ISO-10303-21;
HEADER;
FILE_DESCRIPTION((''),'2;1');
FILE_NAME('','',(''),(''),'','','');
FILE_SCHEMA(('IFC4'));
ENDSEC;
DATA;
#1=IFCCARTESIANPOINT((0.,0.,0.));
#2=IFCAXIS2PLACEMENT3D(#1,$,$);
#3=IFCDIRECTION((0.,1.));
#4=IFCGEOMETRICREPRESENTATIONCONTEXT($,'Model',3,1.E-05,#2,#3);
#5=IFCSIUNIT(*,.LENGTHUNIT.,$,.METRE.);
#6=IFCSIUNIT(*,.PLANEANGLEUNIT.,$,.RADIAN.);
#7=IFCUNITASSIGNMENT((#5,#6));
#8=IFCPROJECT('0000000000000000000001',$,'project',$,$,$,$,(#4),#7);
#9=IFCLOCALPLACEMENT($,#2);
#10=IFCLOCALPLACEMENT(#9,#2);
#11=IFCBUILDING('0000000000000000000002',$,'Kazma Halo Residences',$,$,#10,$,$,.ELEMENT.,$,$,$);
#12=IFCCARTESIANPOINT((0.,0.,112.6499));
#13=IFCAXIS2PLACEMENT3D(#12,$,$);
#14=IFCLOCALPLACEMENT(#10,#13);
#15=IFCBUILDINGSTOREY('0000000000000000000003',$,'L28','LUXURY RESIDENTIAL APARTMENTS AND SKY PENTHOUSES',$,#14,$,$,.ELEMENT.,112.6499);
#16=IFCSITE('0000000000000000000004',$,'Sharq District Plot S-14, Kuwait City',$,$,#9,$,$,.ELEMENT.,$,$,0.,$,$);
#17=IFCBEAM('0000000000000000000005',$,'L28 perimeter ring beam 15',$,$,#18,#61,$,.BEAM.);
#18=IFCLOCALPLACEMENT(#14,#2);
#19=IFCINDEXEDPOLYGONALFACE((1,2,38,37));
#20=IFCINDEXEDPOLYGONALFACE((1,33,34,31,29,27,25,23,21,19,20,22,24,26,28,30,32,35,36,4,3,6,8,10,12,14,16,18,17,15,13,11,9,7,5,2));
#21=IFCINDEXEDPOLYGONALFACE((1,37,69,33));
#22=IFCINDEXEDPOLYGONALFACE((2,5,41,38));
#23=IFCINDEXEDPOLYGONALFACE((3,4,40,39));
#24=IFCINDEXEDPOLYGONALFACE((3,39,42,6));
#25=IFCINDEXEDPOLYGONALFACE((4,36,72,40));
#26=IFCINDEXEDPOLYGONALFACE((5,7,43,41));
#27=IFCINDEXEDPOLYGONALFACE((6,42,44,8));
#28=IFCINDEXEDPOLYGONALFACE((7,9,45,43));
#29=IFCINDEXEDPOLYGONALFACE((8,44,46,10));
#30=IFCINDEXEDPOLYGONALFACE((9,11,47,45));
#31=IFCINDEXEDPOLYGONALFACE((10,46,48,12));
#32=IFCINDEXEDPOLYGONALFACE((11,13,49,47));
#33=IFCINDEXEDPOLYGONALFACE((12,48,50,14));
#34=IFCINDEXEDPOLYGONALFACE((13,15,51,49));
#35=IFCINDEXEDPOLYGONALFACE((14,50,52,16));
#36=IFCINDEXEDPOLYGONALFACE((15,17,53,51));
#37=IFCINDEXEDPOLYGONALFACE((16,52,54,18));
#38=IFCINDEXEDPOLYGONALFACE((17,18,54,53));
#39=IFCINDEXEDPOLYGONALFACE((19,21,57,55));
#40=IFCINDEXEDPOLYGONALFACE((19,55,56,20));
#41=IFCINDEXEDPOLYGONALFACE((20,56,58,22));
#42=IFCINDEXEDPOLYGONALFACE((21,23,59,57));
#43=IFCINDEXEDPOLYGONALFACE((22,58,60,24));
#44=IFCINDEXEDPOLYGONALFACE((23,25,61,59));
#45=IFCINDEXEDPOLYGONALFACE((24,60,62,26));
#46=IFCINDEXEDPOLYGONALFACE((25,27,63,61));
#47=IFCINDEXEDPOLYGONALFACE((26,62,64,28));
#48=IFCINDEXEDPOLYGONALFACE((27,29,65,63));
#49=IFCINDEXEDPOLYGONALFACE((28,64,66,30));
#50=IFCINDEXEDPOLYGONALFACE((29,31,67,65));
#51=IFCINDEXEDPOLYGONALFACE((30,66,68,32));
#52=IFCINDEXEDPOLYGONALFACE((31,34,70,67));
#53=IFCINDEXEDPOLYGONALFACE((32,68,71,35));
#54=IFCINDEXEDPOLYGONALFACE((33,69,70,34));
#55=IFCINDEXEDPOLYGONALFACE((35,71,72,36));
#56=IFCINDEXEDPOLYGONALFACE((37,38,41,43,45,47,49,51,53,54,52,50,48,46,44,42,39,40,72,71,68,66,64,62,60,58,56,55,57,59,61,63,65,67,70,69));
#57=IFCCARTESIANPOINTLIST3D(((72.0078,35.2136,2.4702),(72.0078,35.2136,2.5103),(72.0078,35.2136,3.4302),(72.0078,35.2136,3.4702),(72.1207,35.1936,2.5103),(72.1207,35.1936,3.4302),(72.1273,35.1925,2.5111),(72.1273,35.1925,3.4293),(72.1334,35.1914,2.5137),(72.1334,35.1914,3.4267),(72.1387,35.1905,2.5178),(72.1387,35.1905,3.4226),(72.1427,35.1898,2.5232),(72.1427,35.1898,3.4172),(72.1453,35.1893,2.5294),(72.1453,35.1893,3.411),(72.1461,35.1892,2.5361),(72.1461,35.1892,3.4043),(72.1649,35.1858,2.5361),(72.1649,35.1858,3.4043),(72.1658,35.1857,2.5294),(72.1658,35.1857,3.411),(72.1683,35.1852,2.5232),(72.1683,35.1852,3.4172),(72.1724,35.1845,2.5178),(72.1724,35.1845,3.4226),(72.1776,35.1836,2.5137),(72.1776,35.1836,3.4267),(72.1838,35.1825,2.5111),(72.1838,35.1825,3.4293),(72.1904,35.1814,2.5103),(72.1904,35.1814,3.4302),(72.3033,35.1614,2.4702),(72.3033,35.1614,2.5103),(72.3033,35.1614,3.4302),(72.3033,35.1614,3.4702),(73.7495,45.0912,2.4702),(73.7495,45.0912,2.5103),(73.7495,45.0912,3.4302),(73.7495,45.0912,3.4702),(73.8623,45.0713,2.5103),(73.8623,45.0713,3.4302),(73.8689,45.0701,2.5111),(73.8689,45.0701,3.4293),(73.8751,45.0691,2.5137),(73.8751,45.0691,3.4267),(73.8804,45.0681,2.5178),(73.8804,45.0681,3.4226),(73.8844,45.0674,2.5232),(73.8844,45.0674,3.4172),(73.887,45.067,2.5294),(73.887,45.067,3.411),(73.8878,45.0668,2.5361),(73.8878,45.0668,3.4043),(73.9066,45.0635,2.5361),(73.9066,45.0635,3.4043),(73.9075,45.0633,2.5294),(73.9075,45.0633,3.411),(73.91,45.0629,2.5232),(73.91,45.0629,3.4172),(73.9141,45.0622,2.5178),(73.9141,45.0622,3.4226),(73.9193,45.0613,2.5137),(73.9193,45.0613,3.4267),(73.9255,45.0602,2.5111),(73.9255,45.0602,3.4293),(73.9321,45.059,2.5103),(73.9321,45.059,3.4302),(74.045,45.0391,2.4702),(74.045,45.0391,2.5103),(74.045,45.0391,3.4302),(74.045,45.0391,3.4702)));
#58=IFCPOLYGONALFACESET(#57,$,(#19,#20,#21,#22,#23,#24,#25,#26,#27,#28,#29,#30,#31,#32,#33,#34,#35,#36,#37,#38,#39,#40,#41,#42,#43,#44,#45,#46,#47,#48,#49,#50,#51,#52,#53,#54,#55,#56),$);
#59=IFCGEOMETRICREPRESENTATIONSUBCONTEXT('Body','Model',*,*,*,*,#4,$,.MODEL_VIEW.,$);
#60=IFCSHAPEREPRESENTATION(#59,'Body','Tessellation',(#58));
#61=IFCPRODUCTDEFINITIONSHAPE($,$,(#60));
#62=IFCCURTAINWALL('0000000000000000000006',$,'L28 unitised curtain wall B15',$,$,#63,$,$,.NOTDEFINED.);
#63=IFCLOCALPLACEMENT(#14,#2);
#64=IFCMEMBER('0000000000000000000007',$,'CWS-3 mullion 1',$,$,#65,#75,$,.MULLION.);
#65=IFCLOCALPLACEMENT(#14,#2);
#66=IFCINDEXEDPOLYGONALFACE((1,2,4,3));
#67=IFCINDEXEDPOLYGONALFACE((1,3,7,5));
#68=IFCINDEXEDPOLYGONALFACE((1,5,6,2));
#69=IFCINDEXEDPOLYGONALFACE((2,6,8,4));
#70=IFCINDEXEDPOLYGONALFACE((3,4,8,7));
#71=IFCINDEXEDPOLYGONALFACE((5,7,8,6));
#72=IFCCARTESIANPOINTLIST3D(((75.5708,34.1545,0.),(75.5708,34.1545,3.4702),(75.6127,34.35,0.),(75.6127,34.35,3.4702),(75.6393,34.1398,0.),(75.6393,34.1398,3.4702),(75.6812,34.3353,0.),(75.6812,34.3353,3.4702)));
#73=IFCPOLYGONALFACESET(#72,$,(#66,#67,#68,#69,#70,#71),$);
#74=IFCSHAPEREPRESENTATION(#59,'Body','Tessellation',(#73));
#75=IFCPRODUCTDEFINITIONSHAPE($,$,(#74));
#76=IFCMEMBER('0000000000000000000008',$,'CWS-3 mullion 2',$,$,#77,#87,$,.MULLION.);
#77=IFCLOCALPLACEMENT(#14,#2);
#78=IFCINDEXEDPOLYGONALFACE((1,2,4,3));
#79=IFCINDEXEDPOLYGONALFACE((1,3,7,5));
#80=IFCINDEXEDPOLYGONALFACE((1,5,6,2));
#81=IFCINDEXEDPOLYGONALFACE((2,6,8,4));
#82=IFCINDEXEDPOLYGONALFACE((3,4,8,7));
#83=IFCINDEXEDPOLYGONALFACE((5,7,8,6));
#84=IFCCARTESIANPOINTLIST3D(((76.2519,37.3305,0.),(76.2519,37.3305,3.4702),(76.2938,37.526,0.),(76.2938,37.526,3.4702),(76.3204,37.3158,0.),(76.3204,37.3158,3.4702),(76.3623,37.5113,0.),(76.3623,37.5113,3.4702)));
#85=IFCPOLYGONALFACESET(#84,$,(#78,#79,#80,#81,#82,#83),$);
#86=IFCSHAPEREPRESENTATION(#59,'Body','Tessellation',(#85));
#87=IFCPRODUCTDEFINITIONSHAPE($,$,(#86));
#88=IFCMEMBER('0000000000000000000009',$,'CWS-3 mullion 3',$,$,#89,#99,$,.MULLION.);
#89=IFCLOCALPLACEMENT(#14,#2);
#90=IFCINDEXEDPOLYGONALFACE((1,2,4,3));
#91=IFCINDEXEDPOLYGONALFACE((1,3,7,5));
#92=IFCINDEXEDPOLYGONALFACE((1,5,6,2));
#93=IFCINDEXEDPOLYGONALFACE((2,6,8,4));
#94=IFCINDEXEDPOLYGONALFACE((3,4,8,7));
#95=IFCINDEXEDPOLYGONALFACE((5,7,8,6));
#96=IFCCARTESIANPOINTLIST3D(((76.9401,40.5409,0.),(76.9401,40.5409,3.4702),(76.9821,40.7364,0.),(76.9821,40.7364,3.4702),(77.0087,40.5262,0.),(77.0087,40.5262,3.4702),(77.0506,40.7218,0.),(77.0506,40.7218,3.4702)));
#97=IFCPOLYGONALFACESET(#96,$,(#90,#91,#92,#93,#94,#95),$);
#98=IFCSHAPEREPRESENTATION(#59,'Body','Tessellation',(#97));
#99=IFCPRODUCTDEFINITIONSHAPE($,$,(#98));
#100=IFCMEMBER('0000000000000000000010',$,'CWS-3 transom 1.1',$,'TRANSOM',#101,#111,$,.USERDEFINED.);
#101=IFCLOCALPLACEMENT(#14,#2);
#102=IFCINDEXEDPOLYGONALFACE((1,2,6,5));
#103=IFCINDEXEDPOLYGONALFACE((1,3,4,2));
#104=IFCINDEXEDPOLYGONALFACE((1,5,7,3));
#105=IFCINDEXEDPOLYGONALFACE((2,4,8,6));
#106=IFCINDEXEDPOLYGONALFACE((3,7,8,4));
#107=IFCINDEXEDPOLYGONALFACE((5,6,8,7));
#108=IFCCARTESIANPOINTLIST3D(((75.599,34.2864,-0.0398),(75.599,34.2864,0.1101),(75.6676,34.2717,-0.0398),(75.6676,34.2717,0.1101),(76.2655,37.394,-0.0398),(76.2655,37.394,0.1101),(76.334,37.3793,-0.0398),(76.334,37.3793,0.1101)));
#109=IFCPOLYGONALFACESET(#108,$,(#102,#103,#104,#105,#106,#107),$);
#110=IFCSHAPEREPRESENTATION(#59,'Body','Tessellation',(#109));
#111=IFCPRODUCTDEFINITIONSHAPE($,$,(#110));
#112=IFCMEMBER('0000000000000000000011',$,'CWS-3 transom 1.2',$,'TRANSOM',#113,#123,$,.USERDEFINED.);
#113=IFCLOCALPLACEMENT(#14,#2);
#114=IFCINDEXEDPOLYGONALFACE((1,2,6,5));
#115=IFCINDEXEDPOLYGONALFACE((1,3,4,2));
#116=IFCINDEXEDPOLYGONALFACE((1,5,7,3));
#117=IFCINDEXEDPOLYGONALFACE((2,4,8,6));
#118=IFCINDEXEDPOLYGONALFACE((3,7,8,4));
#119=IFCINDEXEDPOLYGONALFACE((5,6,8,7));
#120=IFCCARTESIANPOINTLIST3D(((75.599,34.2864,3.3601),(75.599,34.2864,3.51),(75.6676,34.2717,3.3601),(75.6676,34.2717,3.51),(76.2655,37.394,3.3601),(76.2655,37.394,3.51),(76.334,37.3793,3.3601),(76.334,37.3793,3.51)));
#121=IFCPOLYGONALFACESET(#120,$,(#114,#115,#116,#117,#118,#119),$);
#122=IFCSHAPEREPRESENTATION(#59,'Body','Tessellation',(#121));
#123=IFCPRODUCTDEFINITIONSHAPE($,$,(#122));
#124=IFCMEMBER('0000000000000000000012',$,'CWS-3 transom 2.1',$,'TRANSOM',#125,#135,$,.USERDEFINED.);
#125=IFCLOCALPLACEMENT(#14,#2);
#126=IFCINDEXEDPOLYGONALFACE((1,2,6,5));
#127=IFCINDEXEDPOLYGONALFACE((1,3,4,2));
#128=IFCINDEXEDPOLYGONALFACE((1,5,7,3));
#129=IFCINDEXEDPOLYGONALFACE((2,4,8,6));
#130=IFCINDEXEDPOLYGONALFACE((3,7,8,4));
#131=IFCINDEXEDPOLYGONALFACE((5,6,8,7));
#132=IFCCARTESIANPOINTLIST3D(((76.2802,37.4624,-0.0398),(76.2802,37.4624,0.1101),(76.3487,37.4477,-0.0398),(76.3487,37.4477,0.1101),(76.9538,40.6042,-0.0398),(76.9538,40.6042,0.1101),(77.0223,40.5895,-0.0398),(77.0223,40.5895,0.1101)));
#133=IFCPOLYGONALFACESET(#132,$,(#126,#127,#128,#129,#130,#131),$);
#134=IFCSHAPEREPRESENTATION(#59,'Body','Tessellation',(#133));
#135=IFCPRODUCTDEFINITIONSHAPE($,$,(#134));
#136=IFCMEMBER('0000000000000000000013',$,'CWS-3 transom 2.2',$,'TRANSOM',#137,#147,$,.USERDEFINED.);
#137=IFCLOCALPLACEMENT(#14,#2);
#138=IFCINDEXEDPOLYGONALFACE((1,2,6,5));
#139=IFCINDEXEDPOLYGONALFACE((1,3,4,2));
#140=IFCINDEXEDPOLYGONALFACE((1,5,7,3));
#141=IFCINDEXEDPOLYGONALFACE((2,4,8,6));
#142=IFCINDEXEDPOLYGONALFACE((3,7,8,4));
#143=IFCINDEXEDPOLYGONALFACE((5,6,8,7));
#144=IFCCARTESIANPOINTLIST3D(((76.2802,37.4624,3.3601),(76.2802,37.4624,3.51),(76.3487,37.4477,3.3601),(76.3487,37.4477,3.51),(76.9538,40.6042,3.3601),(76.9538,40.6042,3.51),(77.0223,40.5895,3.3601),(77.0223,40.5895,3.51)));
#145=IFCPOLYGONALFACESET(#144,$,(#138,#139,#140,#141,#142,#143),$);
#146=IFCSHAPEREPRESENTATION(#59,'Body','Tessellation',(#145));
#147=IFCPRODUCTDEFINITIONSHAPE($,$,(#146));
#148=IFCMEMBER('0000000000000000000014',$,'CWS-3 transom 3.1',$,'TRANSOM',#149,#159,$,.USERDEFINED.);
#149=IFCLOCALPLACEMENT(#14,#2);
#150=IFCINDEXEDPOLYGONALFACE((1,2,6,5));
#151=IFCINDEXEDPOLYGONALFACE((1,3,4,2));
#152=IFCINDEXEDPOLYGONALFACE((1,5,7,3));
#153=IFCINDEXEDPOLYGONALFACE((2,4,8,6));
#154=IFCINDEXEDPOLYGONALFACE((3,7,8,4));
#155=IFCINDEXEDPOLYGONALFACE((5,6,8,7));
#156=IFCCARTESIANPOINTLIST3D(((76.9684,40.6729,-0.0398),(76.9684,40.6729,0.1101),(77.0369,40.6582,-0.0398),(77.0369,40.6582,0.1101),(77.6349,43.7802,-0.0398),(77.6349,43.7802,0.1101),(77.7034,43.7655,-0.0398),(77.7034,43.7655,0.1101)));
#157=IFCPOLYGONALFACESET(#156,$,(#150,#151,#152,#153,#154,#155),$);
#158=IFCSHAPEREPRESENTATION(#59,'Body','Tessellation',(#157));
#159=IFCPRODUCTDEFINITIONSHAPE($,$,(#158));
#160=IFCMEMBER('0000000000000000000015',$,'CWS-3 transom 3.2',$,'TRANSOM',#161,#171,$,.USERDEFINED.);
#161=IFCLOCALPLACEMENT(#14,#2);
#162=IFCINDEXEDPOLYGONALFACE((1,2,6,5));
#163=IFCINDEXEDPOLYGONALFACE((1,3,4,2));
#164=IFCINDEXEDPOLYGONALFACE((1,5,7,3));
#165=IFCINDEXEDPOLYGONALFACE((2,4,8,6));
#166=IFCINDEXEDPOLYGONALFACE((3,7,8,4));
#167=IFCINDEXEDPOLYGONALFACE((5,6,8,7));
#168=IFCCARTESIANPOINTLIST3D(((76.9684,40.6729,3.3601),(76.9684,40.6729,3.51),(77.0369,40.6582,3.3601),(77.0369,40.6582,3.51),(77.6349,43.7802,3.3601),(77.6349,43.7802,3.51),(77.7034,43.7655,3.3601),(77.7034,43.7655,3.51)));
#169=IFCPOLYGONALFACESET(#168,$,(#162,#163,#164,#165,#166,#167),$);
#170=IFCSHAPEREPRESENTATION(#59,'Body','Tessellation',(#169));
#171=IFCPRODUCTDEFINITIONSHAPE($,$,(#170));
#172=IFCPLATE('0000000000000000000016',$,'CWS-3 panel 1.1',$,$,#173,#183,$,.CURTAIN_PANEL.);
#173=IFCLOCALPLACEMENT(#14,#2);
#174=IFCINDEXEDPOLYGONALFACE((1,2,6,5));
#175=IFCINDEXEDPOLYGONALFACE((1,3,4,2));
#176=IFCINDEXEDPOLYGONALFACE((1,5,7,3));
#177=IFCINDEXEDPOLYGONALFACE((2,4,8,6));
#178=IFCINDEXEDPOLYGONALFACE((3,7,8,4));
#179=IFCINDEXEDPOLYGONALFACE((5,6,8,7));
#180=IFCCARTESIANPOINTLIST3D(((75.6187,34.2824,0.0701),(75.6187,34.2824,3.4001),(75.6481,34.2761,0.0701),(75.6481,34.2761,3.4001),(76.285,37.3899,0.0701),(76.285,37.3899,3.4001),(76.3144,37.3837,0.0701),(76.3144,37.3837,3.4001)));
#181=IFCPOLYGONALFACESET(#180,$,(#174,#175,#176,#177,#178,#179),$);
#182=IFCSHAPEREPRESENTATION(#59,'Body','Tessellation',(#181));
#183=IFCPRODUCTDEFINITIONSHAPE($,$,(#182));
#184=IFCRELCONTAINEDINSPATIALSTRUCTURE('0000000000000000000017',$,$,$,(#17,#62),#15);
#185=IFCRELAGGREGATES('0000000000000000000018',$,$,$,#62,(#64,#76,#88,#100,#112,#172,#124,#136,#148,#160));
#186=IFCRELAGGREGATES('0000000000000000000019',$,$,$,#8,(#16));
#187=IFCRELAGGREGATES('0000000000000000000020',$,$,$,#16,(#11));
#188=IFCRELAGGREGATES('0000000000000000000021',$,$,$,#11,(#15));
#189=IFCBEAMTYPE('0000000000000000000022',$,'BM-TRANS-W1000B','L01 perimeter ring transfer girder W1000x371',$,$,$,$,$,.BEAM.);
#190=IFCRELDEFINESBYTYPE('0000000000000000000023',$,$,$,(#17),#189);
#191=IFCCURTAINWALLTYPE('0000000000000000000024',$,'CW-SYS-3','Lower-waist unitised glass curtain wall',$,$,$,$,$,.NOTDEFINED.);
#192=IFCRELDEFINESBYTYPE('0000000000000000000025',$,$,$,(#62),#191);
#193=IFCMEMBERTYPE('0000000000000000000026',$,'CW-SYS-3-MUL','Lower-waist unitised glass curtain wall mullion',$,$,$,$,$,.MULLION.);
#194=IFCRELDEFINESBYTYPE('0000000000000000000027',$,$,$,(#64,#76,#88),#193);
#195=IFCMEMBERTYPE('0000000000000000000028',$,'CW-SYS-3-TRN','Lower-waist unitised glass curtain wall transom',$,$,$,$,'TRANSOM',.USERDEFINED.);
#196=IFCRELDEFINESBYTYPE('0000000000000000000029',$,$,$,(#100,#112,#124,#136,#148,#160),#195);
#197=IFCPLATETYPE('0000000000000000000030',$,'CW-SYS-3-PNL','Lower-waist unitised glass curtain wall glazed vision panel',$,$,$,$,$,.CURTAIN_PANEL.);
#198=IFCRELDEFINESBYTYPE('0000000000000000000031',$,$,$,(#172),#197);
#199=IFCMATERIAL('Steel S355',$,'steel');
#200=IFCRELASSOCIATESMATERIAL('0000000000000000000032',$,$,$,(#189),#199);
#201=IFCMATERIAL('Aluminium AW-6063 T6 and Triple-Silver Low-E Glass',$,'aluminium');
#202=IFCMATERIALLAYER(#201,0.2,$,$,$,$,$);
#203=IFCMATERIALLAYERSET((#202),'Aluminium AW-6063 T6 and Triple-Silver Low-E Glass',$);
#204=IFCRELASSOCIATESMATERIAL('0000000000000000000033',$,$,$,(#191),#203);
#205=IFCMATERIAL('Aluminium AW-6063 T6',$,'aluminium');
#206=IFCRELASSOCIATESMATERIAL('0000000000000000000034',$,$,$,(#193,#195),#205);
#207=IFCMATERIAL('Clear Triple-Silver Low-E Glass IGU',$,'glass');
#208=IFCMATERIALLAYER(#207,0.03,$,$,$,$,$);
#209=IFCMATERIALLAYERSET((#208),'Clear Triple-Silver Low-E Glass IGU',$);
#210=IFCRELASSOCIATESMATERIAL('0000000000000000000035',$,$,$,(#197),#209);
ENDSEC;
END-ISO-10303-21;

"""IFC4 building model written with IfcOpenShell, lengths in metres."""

from ifc_helpers import new_model, si_unit, direction, frame, origin, origin_2d, place, context, subcontext, project, spatial, rectangle, i_section, extrude, material, layer, layer_set, material_profile, profile_set, type_object, element, aggregate, save


model = new_model("IFC4")

# Units and contexts
model_context = context("Model", 3, precision=1e-05, world=origin(), true_north=direction((0.0, 1.0)))
body_context = subcontext(model_context, "Body", "Model", "MODEL_VIEW")
ifc_project = project(units=[si_unit("LENGTHUNIT", "METRE"), si_unit("PLANEANGLEUNIT", "RADIAN")], contexts=[model_context])

# Site, building, storey
site_placement = place(None, origin())
site = spatial("IfcSite", under=ifc_project, at=site_placement, Name="Sharq District Plot S-14, Kuwait City", CompositionType="ELEMENT", RefElevation=0.0)
building_placement = place(site_placement, origin())
building = spatial("IfcBuilding", under=site, at=building_placement, Name="Kazma Halo Residences", CompositionType="ELEMENT")
storey_placement = place(building_placement, frame((0.0, 0.0, 112.6499)))
storey = spatial("IfcBuildingStorey", under=building, at=storey_placement, Name="L28", Description="LUXURY RESIDENTIAL APARTMENTS AND SKY PENTHOUSES", CompositionType="ELEMENT", Elevation=112.6499)

# Beam
ifc_material_1 = material(Name="Steel S355", Category="steel")
ifc_material_profile_1 = material_profile(ifc_material_1, i_section(OverallWidth=0.3, OverallDepth=1.0, WebThickness=0.019, FlangeThickness=0.04, FilletRadius=0.0259, at=origin_2d()), Name="W1000x371")
ifc_profile_set_1 = profile_set([ifc_material_profile_1], Name="Steel S355")
beam_type_1 = type_object("IfcBeamType", Name="BM-TRANS-W1000B", Description="L01 perimeter ring transfer girder W1000x371", PredefinedType="BEAM", material=ifc_profile_set_1)
beam_1_placement = place(storey_placement, frame((72.1555, 35.1875, 2.9702), z_axis=(0.173648, 0.984808, 0.0), x_axis=(-0.984808, 0.173648, 0.0)))
element("IfcBeam", 1, at=beam_1_placement, inside=storey, type_object=beam_type_1, Name="L28 perimeter ring beam 15", PredefinedType="BEAM", context=body_context, shape_type="SweptSolid", body=[
    extrude(i_section(OverallWidth=0.3, OverallDepth=1.0, WebThickness=0.019, FlangeThickness=0.04, FilletRadius=0.0259, at=origin_2d()), origin(), (0.0, 0.0, 1.0), 10.03),
])

# Curtain wall, members, plate
ifc_material_2 = material(Name="Aluminium AW-6063 T6 and Triple-Silver Low-E Glass", Category="aluminium")
ifc_layer_1 = layer(ifc_material_2, 0.2)
ifc_layer_set_1 = layer_set([ifc_layer_1], Name="Aluminium AW-6063 T6 and Triple-Silver Low-E Glass")
curtain_wall_type = type_object("IfcCurtainWallType", Name="CW-SYS-3", Description="Lower-waist unitised glass curtain wall", PredefinedType="NOTDEFINED", material=ifc_layer_set_1)
curtain_wall_placement = place(storey_placement, origin())
curtain_wall = element("IfcCurtainWall", 2, at=curtain_wall_placement, inside=storey, type_object=curtain_wall_type, Name="L28 unitised curtain wall B15", PredefinedType="NOTDEFINED")
ifc_material_3 = material(Name="Aluminium AW-6063 T6", Category="aluminium")
ifc_material_profile_2 = material_profile(ifc_material_3, rectangle(XDim=0.0701, YDim=0.2, at=origin_2d()), Name="CWM-70x200")
ifc_profile_set_2 = profile_set([ifc_material_profile_2], Name="Aluminium AW-6063 T6")
member_type_1 = type_object("IfcMemberType", Name="CW-SYS-3-MUL", Description="Lower-waist unitised glass curtain wall mullion", PredefinedType="MULLION", material=ifc_profile_set_2)
member_1_placement = place(storey_placement, frame((75.626, 34.2449, 0.0), z_axis=(0.0, 0.0, 1.0), x_axis=(-0.977774, 0.209661, 0.0)))
member_1 = element("IfcMember", 3, at=member_1_placement, type_object=member_type_1, Name="CWS-3 mullion 1", PredefinedType="MULLION", context=body_context, shape_type="SweptSolid", body=[
    extrude(rectangle(XDim=0.0701, YDim=0.2, at=origin_2d()), origin(), (0.0, 0.0, 1.0), 3.4702),
])
member_2_placement = place(storey_placement, frame((76.3071, 37.4209, 0.0), z_axis=(0.0, 0.0, 1.0), x_axis=(-0.977774, 0.209661, 0.0)))
member_2 = element("IfcMember", 4, at=member_2_placement, type_object=member_type_1, Name="CWS-3 mullion 2", PredefinedType="MULLION", context=body_context, shape_type="SweptSolid", body=[
    extrude(rectangle(XDim=0.0701, YDim=0.2, at=origin_2d()), origin(), (0.0, 0.0, 1.0), 3.4702),
])
member_3_placement = place(storey_placement, frame((76.9954, 40.6313, 0.0), z_axis=(0.0, 0.0, 1.0), x_axis=(-0.977774, 0.209661, 0.0)))
member_3 = element("IfcMember", 5, at=member_3_placement, type_object=member_type_1, Name="CWS-3 mullion 3", PredefinedType="MULLION", context=body_context, shape_type="SweptSolid", body=[
    extrude(rectangle(XDim=0.0701, YDim=0.2, at=origin_2d()), origin(), (0.0, 0.0, 1.0), 3.4702),
])
ifc_material_profile_3 = material_profile(ifc_material_3, rectangle(XDim=0.0701, YDim=0.1499, at=origin_2d()), Name="CWT-70x150")
ifc_profile_set_3 = profile_set([ifc_material_profile_3], Name="Aluminium AW-6063 T6")
member_type_2 = type_object("IfcMemberType", Name="CW-SYS-3-TRN", Description="Lower-waist unitised glass curtain wall transom", ElementType="TRANSOM", PredefinedType="USERDEFINED", material=ifc_profile_set_3)
member_4_placement = place(storey_placement, frame((75.6333, 34.2791, 0.0352), z_axis=(0.209702, 0.977765, 0.0), x_axis=(-0.977765, 0.209702, 0.0)))
member_4 = element("IfcMember", 6, at=member_4_placement, type_object=member_type_2, Name="CWS-3 transom 1.1", ObjectType="TRANSOM", PredefinedType="USERDEFINED", context=body_context, shape_type="SweptSolid", body=[
    extrude(rectangle(XDim=0.0701, YDim=0.1499, at=origin_2d()), origin(), (0.0, 0.0, 1.0), 3.1782),
])
member_5_placement = place(storey_placement, frame((75.6333, 34.2791, 3.4351), z_axis=(0.209702, 0.977765, 0.0), x_axis=(-0.977765, 0.209702, 0.0)))
member_5 = element("IfcMember", 7, at=member_5_placement, type_object=member_type_2, Name="CWS-3 transom 1.2", ObjectType="TRANSOM", PredefinedType="USERDEFINED", context=body_context, shape_type="SweptSolid", body=[
    extrude(rectangle(XDim=0.0701, YDim=0.1499, at=origin_2d()), origin(), (0.0, 0.0, 1.0), 3.1782),
])
member_6_placement = place(storey_placement, frame((76.3145, 37.4551, 0.0352), z_axis=(0.209628, 0.977781, 0.0), x_axis=(-0.977781, 0.209628, 0.0)))
member_6 = element("IfcMember", 8, at=member_6_placement, type_object=member_type_2, Name="CWS-3 transom 2.1", ObjectType="TRANSOM", PredefinedType="USERDEFINED", context=body_context, shape_type="SweptSolid", body=[
    extrude(rectangle(XDim=0.0701, YDim=0.1499, at=origin_2d()), origin(), (0.0, 0.0, 1.0), 3.2131),
])
member_7_placement = place(storey_placement, frame((76.3145, 37.4551, 3.4351), z_axis=(0.209628, 0.977781, 0.0), x_axis=(-0.977781, 0.209628, 0.0)))
member_7 = element("IfcMember", 9, at=member_7_placement, type_object=member_type_2, Name="CWS-3 transom 2.2", ObjectType="TRANSOM", PredefinedType="USERDEFINED", context=body_context, shape_type="SweptSolid", body=[
    extrude(rectangle(XDim=0.0701, YDim=0.1499, at=origin_2d()), origin(), (0.0, 0.0, 1.0), 3.2131),
])
member_8_placement = place(storey_placement, frame((77.0027, 40.6655, 0.0352), z_axis=(0.209718, 0.977762, 0.0), x_axis=(-0.977762, 0.209718, 0.0)))
member_8 = element("IfcMember", 10, at=member_8_placement, type_object=member_type_2, Name="CWS-3 transom 3.1", ObjectType="TRANSOM", PredefinedType="USERDEFINED", context=body_context, shape_type="SweptSolid", body=[
    extrude(rectangle(XDim=0.0701, YDim=0.1499, at=origin_2d()), origin(), (0.0, 0.0, 1.0), 3.178),
])
member_9_placement = place(storey_placement, frame((77.0027, 40.6655, 3.4351), z_axis=(0.209718, 0.977762, 0.0), x_axis=(-0.977762, 0.209718, 0.0)))
member_9 = element("IfcMember", 11, at=member_9_placement, type_object=member_type_2, Name="CWS-3 transom 3.2", ObjectType="TRANSOM", PredefinedType="USERDEFINED", context=body_context, shape_type="SweptSolid", body=[
    extrude(rectangle(XDim=0.0701, YDim=0.1499, at=origin_2d()), origin(), (0.0, 0.0, 1.0), 3.178),
])
ifc_material_4 = material(Name="Clear Triple-Silver Low-E Glass IGU", Category="glass")
ifc_layer_2 = layer(ifc_material_4, 0.03)
ifc_layer_set_2 = layer_set([ifc_layer_2], Name="Clear Triple-Silver Low-E Glass IGU")
plate_type = type_object("IfcPlateType", Name="CW-SYS-3-PNL", Description="Lower-waist unitised glass curtain wall glazed vision panel", PredefinedType="CURTAIN_PANEL", material=ifc_layer_set_2)
plate_1_placement = place(storey_placement, frame((75.9666, 35.833, 0.0701), z_axis=(0.0, 0.0, 1.0), x_axis=(0.209661, 0.977774, 0.0)))
plate_1 = element("IfcPlate", 12, at=plate_1_placement, type_object=plate_type, Name="CWS-3 panel 1.1", PredefinedType="CURTAIN_PANEL", context=body_context, shape_type="SweptSolid", body=[
    extrude(rectangle(XDim=3.1782, YDim=0.03, at=origin_2d()), origin(), (0.0, 0.0, 1.0), 3.3301),
])
aggregate(curtain_wall, [member_1, member_2, member_3, member_4, member_5, plate_1, member_6, member_7, member_8, member_9])

save(model, "model.ifc")
